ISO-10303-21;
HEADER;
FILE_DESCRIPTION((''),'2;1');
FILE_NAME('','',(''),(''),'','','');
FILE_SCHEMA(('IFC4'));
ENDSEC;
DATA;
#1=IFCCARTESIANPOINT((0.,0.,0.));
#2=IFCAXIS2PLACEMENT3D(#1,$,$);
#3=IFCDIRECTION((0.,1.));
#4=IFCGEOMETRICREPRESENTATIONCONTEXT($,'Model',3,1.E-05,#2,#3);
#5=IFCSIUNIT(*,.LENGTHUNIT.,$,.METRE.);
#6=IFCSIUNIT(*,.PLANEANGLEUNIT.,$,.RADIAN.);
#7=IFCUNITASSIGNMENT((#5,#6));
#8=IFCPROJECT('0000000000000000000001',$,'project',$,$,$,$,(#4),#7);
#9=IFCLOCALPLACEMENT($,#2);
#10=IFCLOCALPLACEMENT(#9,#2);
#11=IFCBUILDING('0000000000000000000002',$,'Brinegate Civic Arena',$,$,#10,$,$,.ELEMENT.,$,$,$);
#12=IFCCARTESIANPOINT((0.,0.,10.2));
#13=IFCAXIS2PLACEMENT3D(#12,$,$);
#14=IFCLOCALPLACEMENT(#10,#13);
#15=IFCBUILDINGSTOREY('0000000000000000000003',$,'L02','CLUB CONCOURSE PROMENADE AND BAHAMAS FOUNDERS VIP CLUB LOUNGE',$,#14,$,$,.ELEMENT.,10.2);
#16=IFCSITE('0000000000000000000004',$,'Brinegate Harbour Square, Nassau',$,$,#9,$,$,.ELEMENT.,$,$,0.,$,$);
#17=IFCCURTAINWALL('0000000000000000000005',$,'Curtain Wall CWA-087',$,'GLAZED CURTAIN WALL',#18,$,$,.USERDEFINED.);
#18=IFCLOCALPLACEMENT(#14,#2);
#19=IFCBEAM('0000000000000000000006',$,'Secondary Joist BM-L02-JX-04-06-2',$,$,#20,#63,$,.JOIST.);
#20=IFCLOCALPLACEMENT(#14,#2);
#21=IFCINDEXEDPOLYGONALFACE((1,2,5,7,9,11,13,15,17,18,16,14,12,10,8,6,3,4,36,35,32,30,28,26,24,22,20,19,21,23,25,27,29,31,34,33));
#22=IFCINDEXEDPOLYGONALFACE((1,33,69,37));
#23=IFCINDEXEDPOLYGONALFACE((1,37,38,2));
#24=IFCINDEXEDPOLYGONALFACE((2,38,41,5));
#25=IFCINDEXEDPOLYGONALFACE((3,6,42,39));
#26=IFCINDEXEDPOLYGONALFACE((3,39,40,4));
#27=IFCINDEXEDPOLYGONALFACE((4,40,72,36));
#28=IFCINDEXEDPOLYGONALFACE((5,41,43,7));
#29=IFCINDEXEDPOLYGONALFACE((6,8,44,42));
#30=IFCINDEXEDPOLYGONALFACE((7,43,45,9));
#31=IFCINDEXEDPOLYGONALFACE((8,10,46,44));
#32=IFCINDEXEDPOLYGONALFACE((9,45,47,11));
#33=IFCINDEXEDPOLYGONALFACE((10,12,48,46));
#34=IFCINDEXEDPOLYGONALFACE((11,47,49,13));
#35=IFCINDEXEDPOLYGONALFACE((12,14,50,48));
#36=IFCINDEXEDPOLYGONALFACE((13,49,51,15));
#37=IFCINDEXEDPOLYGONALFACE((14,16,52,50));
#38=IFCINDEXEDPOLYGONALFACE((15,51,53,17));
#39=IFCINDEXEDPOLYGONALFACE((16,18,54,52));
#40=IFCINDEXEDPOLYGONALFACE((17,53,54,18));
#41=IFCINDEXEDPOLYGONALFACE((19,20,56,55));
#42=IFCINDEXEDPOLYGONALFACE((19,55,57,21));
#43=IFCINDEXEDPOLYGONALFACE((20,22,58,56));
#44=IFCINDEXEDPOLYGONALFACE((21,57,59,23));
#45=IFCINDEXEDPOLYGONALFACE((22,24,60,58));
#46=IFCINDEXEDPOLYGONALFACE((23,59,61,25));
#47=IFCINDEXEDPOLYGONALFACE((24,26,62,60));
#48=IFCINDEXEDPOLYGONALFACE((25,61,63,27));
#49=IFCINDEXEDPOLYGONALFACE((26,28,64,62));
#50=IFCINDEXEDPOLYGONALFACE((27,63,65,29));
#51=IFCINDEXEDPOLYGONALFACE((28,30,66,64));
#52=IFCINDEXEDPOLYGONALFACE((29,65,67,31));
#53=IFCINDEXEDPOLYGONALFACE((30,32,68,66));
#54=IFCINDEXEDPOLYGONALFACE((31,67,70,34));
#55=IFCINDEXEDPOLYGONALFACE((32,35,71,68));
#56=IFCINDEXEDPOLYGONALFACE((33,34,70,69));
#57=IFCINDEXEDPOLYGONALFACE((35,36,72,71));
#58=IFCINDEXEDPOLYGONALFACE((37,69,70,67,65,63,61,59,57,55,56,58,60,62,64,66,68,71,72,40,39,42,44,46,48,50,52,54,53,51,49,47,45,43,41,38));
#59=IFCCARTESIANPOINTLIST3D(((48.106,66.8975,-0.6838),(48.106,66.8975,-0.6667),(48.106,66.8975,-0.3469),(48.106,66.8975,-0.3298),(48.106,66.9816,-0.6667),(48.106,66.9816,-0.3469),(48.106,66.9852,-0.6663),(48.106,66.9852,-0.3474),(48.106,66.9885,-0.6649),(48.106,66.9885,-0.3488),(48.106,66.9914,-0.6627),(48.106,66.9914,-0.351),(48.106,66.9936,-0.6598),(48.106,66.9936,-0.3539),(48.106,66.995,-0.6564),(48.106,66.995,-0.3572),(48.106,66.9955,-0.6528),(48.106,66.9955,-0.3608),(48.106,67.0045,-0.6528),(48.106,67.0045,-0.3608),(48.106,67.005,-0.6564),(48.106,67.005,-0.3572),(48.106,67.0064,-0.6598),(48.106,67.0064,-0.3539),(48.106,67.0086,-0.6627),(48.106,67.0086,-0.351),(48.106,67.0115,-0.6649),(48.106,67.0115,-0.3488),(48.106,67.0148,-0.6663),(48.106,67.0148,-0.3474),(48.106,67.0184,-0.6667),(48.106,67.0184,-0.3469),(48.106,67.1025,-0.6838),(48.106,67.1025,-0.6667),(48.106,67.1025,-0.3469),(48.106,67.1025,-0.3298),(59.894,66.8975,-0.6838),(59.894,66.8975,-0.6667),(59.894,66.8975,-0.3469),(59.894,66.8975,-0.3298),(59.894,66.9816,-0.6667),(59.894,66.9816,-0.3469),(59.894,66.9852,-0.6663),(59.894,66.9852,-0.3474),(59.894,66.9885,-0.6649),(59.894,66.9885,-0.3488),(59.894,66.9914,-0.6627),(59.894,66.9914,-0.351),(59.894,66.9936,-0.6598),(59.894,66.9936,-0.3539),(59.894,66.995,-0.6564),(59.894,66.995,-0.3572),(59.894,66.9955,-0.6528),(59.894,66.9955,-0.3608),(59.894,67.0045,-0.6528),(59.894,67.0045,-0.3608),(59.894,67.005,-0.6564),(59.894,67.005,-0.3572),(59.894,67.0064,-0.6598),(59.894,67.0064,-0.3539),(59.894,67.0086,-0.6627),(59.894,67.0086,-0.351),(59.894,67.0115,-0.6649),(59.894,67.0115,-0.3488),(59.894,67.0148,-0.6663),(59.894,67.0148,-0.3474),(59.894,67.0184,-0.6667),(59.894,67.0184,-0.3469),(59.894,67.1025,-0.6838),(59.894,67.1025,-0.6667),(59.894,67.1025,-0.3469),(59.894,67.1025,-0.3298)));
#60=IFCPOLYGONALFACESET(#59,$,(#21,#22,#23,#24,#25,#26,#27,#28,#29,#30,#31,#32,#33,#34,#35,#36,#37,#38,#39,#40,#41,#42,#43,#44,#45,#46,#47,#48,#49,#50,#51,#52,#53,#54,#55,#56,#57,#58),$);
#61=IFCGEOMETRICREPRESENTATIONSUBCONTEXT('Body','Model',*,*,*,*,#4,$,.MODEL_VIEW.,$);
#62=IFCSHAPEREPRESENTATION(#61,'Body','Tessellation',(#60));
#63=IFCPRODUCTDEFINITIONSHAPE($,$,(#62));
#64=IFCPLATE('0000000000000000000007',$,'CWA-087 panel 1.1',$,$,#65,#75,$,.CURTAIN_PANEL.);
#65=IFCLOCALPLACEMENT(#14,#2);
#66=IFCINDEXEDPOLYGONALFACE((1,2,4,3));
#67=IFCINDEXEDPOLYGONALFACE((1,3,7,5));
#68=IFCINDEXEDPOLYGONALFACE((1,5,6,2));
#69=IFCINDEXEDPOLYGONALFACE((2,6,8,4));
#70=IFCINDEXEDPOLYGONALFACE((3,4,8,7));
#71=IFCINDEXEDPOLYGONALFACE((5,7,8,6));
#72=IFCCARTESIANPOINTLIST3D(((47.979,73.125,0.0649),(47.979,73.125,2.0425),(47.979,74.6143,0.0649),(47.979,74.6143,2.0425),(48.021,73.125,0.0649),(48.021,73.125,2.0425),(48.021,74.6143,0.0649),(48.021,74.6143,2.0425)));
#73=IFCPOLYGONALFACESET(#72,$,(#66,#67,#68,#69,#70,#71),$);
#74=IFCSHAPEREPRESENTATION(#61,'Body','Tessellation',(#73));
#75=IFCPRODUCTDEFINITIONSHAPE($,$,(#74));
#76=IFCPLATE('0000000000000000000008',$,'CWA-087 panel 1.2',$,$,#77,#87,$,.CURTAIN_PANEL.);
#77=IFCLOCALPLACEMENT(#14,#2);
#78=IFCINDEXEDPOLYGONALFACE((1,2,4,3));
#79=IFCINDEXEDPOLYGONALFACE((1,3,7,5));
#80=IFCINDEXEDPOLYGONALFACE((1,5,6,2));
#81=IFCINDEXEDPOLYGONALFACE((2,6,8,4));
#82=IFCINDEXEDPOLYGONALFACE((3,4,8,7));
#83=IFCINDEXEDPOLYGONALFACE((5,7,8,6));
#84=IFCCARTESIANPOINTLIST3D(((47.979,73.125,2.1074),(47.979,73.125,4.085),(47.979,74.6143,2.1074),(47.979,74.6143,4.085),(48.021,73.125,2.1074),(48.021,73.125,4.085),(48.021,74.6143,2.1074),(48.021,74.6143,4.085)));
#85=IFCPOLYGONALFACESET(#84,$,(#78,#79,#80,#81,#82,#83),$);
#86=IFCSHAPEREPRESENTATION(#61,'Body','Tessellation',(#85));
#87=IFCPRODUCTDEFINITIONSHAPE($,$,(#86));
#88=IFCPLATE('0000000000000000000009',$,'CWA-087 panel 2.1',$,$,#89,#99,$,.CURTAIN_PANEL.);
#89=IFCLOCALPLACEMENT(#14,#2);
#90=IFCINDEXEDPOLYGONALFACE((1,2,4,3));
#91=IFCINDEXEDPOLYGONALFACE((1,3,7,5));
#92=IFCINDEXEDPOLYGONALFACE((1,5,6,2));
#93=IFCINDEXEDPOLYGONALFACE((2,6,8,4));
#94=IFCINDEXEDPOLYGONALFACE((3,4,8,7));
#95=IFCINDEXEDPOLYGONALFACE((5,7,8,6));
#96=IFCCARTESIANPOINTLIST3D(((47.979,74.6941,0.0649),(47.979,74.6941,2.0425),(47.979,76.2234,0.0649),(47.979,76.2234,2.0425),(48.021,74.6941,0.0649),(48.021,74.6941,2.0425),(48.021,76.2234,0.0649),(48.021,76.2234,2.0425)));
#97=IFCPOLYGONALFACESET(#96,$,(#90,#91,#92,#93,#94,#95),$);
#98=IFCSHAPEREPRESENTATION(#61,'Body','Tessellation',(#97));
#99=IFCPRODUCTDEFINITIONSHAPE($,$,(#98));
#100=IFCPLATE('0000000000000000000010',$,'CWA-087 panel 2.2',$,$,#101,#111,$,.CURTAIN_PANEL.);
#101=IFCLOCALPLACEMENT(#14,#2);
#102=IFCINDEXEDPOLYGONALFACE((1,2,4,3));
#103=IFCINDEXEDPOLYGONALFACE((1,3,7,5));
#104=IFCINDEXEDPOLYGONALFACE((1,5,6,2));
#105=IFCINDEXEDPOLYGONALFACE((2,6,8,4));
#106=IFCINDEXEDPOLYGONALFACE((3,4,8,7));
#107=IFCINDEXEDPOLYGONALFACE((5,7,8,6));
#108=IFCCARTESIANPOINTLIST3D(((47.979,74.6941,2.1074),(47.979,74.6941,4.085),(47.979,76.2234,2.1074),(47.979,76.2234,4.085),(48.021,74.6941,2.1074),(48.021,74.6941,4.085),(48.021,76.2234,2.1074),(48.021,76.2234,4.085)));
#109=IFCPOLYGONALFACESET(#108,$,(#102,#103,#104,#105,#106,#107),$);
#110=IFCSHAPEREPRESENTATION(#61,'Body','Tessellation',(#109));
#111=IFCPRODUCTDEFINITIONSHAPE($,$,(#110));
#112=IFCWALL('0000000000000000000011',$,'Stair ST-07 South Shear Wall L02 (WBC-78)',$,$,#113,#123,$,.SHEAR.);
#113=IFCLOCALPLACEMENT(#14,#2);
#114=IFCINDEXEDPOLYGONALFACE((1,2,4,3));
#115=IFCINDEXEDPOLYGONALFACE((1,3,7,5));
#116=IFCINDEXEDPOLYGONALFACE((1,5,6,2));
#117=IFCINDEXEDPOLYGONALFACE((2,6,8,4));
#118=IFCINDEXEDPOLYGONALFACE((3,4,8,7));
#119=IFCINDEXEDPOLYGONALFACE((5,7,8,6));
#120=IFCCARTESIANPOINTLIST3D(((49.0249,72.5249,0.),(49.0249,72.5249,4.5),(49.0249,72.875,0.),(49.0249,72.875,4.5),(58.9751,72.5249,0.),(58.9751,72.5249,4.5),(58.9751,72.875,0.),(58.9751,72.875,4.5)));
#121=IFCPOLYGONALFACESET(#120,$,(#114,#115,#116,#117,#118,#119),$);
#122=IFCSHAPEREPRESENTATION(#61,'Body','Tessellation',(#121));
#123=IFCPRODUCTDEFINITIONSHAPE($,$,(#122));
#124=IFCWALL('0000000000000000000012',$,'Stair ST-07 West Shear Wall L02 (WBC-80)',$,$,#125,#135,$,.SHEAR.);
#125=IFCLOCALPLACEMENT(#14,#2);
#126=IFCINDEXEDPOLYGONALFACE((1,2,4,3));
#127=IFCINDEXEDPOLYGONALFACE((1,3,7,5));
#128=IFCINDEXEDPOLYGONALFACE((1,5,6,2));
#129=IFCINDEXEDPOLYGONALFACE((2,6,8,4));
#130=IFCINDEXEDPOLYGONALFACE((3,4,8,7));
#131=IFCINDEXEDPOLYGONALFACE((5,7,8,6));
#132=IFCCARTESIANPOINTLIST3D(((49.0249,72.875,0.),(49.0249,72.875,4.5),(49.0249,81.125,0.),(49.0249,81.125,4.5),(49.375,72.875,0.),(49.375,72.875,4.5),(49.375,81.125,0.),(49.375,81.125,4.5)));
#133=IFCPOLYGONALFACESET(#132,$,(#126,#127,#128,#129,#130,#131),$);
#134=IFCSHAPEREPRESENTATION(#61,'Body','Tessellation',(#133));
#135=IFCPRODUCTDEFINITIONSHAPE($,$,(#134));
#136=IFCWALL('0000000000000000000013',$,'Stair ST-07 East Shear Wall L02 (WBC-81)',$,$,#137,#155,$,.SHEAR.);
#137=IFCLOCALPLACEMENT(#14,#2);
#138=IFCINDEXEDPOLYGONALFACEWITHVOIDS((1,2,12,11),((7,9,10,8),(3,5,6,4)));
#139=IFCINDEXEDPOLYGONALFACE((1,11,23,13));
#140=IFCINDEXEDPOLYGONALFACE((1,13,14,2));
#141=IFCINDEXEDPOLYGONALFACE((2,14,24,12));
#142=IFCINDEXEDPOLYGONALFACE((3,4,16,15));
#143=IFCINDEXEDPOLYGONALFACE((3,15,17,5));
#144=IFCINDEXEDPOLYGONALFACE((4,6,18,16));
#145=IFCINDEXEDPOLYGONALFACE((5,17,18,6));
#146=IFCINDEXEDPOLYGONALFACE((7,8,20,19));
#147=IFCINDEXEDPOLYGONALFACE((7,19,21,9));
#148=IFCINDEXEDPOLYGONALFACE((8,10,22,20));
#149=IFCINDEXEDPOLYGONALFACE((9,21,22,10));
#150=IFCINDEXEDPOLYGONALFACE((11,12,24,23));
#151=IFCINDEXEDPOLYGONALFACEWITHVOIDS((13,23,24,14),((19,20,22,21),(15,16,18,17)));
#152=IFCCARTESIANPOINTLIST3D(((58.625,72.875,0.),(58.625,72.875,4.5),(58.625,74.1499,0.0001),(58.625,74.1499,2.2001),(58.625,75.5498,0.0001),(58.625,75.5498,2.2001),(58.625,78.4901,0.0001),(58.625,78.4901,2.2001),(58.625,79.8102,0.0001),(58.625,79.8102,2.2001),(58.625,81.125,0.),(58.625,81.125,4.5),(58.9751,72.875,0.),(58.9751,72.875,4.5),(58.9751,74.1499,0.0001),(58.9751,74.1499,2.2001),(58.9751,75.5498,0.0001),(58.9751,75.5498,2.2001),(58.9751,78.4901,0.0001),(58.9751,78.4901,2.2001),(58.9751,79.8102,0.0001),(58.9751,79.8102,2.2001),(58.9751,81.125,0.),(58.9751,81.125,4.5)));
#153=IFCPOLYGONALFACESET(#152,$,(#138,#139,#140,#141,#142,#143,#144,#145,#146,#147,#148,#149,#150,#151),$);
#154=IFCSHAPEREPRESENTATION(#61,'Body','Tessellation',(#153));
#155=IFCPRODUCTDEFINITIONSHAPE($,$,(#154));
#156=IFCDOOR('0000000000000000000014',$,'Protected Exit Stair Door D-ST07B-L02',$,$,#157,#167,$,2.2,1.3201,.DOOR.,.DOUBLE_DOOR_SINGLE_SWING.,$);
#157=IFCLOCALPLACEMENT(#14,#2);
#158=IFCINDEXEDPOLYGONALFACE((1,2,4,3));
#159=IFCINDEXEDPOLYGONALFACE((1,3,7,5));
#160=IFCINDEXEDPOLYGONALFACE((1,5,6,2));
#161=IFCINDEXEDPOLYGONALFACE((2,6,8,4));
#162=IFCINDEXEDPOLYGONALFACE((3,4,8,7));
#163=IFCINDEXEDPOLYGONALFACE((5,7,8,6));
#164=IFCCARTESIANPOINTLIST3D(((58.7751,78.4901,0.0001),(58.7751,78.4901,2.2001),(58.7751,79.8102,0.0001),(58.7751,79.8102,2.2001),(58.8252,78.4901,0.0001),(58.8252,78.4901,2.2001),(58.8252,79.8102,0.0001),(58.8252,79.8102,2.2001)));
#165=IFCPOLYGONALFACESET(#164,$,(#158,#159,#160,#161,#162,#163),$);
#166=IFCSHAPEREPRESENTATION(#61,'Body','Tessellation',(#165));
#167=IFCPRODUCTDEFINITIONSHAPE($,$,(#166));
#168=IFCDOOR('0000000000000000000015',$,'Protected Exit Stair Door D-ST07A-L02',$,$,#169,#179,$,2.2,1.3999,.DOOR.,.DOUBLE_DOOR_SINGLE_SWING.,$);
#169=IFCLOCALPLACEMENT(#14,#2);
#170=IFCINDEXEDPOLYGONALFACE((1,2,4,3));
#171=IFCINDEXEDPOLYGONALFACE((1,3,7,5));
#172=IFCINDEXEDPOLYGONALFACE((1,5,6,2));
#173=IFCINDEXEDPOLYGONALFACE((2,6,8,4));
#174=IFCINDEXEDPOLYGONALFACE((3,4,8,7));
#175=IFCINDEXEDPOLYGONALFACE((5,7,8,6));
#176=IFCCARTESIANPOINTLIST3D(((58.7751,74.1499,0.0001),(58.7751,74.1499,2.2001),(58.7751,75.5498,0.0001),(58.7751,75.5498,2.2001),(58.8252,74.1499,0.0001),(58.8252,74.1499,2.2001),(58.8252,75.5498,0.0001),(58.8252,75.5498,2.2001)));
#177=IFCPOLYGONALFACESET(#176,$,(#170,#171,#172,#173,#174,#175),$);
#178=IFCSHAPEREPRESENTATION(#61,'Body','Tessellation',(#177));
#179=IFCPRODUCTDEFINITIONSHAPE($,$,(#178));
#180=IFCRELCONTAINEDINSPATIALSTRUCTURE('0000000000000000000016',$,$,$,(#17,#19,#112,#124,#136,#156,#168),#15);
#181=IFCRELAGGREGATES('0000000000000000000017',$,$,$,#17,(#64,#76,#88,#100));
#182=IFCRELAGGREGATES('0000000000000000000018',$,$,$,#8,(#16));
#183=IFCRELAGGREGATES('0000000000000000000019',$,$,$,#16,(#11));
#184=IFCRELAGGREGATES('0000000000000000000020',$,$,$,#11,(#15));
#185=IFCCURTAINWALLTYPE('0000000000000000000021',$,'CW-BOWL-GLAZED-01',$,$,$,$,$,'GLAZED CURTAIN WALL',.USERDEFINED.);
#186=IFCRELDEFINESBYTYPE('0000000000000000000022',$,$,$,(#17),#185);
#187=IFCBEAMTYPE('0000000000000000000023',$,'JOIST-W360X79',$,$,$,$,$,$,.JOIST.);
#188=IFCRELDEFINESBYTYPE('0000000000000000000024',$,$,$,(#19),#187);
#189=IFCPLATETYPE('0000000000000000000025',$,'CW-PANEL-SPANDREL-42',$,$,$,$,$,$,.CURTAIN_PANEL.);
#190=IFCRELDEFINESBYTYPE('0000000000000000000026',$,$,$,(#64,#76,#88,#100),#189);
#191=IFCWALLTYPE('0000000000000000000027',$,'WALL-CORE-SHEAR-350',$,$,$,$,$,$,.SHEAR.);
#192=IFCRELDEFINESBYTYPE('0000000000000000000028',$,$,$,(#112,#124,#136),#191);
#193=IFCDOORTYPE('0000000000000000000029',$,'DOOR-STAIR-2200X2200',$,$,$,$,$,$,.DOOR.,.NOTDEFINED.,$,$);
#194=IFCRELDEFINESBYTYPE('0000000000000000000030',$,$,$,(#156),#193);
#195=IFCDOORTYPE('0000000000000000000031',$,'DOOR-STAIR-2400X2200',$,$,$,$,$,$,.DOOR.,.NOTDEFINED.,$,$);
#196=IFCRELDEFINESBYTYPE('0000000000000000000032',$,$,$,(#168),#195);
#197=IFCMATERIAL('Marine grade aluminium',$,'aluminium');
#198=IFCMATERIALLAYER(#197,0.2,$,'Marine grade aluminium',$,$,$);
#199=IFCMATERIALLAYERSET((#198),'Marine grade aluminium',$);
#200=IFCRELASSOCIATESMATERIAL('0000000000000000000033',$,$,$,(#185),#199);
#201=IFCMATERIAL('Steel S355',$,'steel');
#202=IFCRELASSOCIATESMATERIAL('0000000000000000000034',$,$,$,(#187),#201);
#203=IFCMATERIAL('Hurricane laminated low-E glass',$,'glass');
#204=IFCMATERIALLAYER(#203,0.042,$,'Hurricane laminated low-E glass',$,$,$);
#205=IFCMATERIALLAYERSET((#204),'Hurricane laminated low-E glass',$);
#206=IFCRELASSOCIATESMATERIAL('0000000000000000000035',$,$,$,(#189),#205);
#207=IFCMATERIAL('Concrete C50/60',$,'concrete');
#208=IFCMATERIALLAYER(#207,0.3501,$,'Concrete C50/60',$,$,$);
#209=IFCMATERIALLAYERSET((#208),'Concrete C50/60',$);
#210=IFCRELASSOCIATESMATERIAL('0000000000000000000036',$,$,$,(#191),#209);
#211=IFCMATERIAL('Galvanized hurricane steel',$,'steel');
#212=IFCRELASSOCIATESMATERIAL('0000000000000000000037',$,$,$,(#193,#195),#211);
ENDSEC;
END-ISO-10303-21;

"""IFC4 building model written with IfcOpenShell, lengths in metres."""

from ifc_helpers import new_model, si_unit, direction, frame, frame_2d, origin, origin_2d, place, context, subcontext, project, spatial, rectangle, i_section, extrude, material, layer, layer_set, material_profile, profile_set, type_object, element, fill, aggregate, save


model = new_model("IFC4")

# Units and contexts
model_context = context("Model", 3, precision=1e-05, world=origin(), true_north=direction((0.0, 1.0)))
body_context = subcontext(model_context, "Body", "Model", "MODEL_VIEW")
ifc_project = project(units=[si_unit("LENGTHUNIT", "METRE"), si_unit("PLANEANGLEUNIT", "RADIAN")], contexts=[model_context])

# Site, building, storey
site_placement = place(None, origin())
site = spatial("IfcSite", under=ifc_project, at=site_placement, Name="Brinegate Harbour Square, Nassau", CompositionType="ELEMENT", RefElevation=0.0)
building_placement = place(site_placement, origin())
building = spatial("IfcBuilding", under=site, at=building_placement, Name="Brinegate Civic Arena", CompositionType="ELEMENT")
storey_placement = place(building_placement, frame((0.0, 0.0, 10.2)))
storey = spatial("IfcBuildingStorey", under=building, at=storey_placement, Name="L02", Description="CLUB CONCOURSE PROMENADE AND BAHAMAS FOUNDERS VIP CLUB LOUNGE", CompositionType="ELEMENT", Elevation=10.2)

# Shared definitions
ifc_material_1 = material(Name="Concrete C50/60", Category="concrete")

# Curtain wall
ifc_material_2 = material(Name="Marine grade aluminium", Category="aluminium")
ifc_layer_1 = layer(ifc_material_2, 0.2, Name="Marine grade aluminium")
ifc_layer_set_1 = layer_set([ifc_layer_1], Name="Marine grade aluminium")
curtain_wall_type = type_object("IfcCurtainWallType", Name="CW-BOWL-GLAZED-01", ElementType="GLAZED CURTAIN WALL", PredefinedType="USERDEFINED", material=ifc_layer_set_1)
curtain_wall_placement = place(storey_placement, origin())
curtain_wall = element("IfcCurtainWall", 1, at=curtain_wall_placement, inside=storey, type_object=curtain_wall_type, Name="Curtain Wall CWA-087", ObjectType="GLAZED CURTAIN WALL", PredefinedType="USERDEFINED")

# Beam
ifc_material_3 = material(Name="Steel S355", Category="steel")
ifc_material_profile_1 = material_profile(ifc_material_3, i_section(OverallWidth=0.2051, OverallDepth=0.354, WebThickness=0.009, FlangeThickness=0.0171, FilletRadius=0.0139, at=origin_2d()), Name="W360X79")
ifc_profile_set_1 = profile_set([ifc_material_profile_1], Name="Steel S355")
beam_type_1 = type_object("IfcBeamType", Name="JOIST-W360X79", PredefinedType="JOIST", material=ifc_profile_set_1)
beam_1_placement = place(storey_placement, frame((48.106, 67.0, -0.5068), z_axis=(1.0, 0.0, 0.0), x_axis=(0.0, 1.0, 0.0)))
element("IfcBeam", 2, at=beam_1_placement, inside=storey, type_object=beam_type_1, Name="Secondary Joist BM-L02-JX-04-06-2", PredefinedType="JOIST", context=body_context, shape_type="SweptSolid", body=[
    extrude(i_section(OverallWidth=0.2051, OverallDepth=0.354, WebThickness=0.009, FlangeThickness=0.0171, FilletRadius=0.0139, at=origin_2d()), origin(), (0.0, 0.0, 1.0), 11.7881),
])

# Plates
ifc_material_4 = material(Name="Hurricane laminated low-E glass", Category="glass")
ifc_layer_2 = layer(ifc_material_4, 0.042, Name="Hurricane laminated low-E glass")
ifc_layer_set_2 = layer_set([ifc_layer_2], Name="Hurricane laminated low-E glass")
plate_type = type_object("IfcPlateType", Name="CW-PANEL-SPANDREL-42", PredefinedType="CURTAIN_PANEL", material=ifc_layer_set_2)
plate_1_placement = place(storey_placement, frame((48.0, 73.8696, 0.0649), z_axis=(0.0, 0.0, 1.0), x_axis=(0.0, 1.0, 0.0)))
plate_1 = element("IfcPlate", 3, at=plate_1_placement, type_object=plate_type, Name="CWA-087 panel 1.1", PredefinedType="CURTAIN_PANEL", context=body_context, shape_type="SweptSolid", body=[
    extrude(rectangle(XDim=1.4893, YDim=0.042, at=origin_2d()), origin(), (0.0, 0.0, 1.0), 1.9775),
])
plate_2_placement = place(storey_placement, frame((48.0, 73.8696, 2.1074), z_axis=(0.0, 0.0, 1.0), x_axis=(0.0, 1.0, 0.0)))
plate_2 = element("IfcPlate", 4, at=plate_2_placement, type_object=plate_type, Name="CWA-087 panel 1.2", PredefinedType="CURTAIN_PANEL", context=body_context, shape_type="SweptSolid", body=[
    extrude(rectangle(XDim=1.4893, YDim=0.042, at=origin_2d()), origin(), (0.0, 0.0, 1.0), 1.9775),
])
plate_3_placement = place(storey_placement, frame((48.0, 75.4587, 0.0649), z_axis=(0.0, 0.0, 1.0), x_axis=(0.0, 1.0, 0.0)))
plate_3 = element("IfcPlate", 5, at=plate_3_placement, type_object=plate_type, Name="CWA-087 panel 2.1", PredefinedType="CURTAIN_PANEL", context=body_context, shape_type="SweptSolid", body=[
    extrude(rectangle(XDim=1.5293, YDim=0.042, at=origin_2d()), origin(), (0.0, 0.0, 1.0), 1.9775),
])
plate_4_placement = place(storey_placement, frame((48.0, 75.4587, 2.1074), z_axis=(0.0, 0.0, 1.0), x_axis=(0.0, 1.0, 0.0)))
plate_4 = element("IfcPlate", 6, at=plate_4_placement, type_object=plate_type, Name="CWA-087 panel 2.2", PredefinedType="CURTAIN_PANEL", context=body_context, shape_type="SweptSolid", body=[
    extrude(rectangle(XDim=1.5293, YDim=0.042, at=origin_2d()), origin(), (0.0, 0.0, 1.0), 1.9775),
])
aggregate(curtain_wall, [plate_1, plate_2, plate_3, plate_4])

# Walls
ifc_layer_3 = layer(ifc_material_1, 0.3501, Name="Concrete C50/60")
ifc_layer_set_3 = layer_set([ifc_layer_3], Name="Concrete C50/60")
wall_type = type_object("IfcWallType", Name="WALL-CORE-SHEAR-350", PredefinedType="SHEAR", material=ifc_layer_set_3)
wall_1_placement = place(storey_placement, frame((49.0249, 72.7, 0.0), z_axis=(0.0, 0.0, 1.0), x_axis=(1.0, 0.0, 0.0)))
element("IfcWall", 7, at=wall_1_placement, inside=storey, type_object=wall_type, Name="Stair ST-07 South Shear Wall L02 (WBC-78)", PredefinedType="SHEAR", context=body_context, shape_type="SweptSolid", body=[
    extrude(rectangle(XDim=9.9502, YDim=0.3501, at=frame_2d((4.9751, 0.0))), origin(), (0.0, 0.0, 1.0), 4.5),
])
wall_2_placement = place(storey_placement, frame((49.2, 72.875, 0.0), z_axis=(0.0, 0.0, 1.0), x_axis=(0.0, 1.0, 0.0)))
element("IfcWall", 8, at=wall_2_placement, inside=storey, type_object=wall_type, Name="Stair ST-07 West Shear Wall L02 (WBC-80)", PredefinedType="SHEAR", context=body_context, shape_type="SweptSolid", body=[
    extrude(rectangle(XDim=8.25, YDim=0.3501, at=frame_2d((4.125, 0.0))), origin(), (0.0, 0.0, 1.0), 4.5),
])

# Wall, openings, doors
wall_3_placement = place(storey_placement, frame((58.8, 72.875, 0.0), z_axis=(0.0, 0.0, 1.0), x_axis=(0.0, 1.0, 0.0)))
wall_3 = element("IfcWall", 9, at=wall_3_placement, inside=storey, type_object=wall_type, Name="Stair ST-07 East Shear Wall L02 (WBC-81)", PredefinedType="SHEAR", context=body_context, shape_type="SweptSolid", body=[
    extrude(rectangle(XDim=8.25, YDim=0.3501, at=frame_2d((4.125, 0.0))), origin(), (0.0, 0.0, 1.0), 4.5),
])
opening_1_placement = place(wall_3_placement, frame((1.2749, 0.0, 0.0)))
opening_1 = element("IfcOpeningElement", 10, at=opening_1_placement, cuts=wall_3, PredefinedType="OPENING", context=body_context, shape_type="SweptSolid", body=[
    extrude(rectangle(XDim=1.3999, YDim=2.2, at=frame_2d((0.7, 1.1001))), frame((0.0, 0.1851, 0.0), z_axis=(0.0, -1.0, 0.0), x_axis=(1.0, 0.0, 0.0)), (0.0, 0.0, 1.0), 0.3701),
])
opening_2_placement = place(wall_3_placement, frame((5.615, 0.0, 0.0)))
opening_2 = element("IfcOpeningElement", 11, at=opening_2_placement, cuts=wall_3, PredefinedType="OPENING", context=body_context, shape_type="SweptSolid", body=[
    extrude(rectangle(XDim=1.3201, YDim=2.2, at=frame_2d((0.6602, 1.1001))), frame((0.0, 0.1851, 0.0), z_axis=(0.0, -1.0, 0.0), x_axis=(1.0, 0.0, 0.0)), (0.0, 0.0, 1.0), 0.3701),
])
ifc_material_5 = material(Name="Galvanized hurricane steel", Category="steel")
door_type_1 = type_object("IfcDoorType", Name="DOOR-STAIR-2200X2200", OperationType="NOTDEFINED", PredefinedType="DOOR", material=ifc_material_5)
door_1_placement = place(opening_2_placement, origin())
door_1 = element("IfcDoor", 12, at=door_1_placement, inside=storey, type_object=door_type_1, Name="Protected Exit Stair Door D-ST07B-L02", OperationType="DOUBLE_DOOR_SINGLE_SWING", OverallHeight=2.2, OverallWidth=1.3201, PredefinedType="DOOR", context=body_context, shape_type="SweptSolid", body=[
    extrude(rectangle(XDim=1.3201, YDim=2.2, at=frame_2d((0.6602, 1.1001))), frame((0.0, 0.0249, 0.0), z_axis=(0.0, -1.0, 0.0), x_axis=(1.0, 0.0, 0.0)), (0.0, 0.0, 1.0), 0.05),
])
fill(opening_2, door_1)
door_type_2 = type_object("IfcDoorType", Name="DOOR-STAIR-2400X2200", OperationType="NOTDEFINED", PredefinedType="DOOR", material=ifc_material_5)
door_2_placement = place(opening_1_placement, origin())
door_2 = element("IfcDoor", 13, at=door_2_placement, inside=storey, type_object=door_type_2, Name="Protected Exit Stair Door D-ST07A-L02", OperationType="DOUBLE_DOOR_SINGLE_SWING", OverallHeight=2.2, OverallWidth=1.3999, PredefinedType="DOOR", context=body_context, shape_type="SweptSolid", body=[
    extrude(rectangle(XDim=1.3999, YDim=2.2, at=frame_2d((0.7, 1.1001))), frame((0.0, 0.0249, 0.0), z_axis=(0.0, -1.0, 0.0), x_axis=(1.0, 0.0, 0.0)), (0.0, 0.0, 1.0), 0.05),
])
fill(opening_1, door_2)

save(model, "model.ifc")
